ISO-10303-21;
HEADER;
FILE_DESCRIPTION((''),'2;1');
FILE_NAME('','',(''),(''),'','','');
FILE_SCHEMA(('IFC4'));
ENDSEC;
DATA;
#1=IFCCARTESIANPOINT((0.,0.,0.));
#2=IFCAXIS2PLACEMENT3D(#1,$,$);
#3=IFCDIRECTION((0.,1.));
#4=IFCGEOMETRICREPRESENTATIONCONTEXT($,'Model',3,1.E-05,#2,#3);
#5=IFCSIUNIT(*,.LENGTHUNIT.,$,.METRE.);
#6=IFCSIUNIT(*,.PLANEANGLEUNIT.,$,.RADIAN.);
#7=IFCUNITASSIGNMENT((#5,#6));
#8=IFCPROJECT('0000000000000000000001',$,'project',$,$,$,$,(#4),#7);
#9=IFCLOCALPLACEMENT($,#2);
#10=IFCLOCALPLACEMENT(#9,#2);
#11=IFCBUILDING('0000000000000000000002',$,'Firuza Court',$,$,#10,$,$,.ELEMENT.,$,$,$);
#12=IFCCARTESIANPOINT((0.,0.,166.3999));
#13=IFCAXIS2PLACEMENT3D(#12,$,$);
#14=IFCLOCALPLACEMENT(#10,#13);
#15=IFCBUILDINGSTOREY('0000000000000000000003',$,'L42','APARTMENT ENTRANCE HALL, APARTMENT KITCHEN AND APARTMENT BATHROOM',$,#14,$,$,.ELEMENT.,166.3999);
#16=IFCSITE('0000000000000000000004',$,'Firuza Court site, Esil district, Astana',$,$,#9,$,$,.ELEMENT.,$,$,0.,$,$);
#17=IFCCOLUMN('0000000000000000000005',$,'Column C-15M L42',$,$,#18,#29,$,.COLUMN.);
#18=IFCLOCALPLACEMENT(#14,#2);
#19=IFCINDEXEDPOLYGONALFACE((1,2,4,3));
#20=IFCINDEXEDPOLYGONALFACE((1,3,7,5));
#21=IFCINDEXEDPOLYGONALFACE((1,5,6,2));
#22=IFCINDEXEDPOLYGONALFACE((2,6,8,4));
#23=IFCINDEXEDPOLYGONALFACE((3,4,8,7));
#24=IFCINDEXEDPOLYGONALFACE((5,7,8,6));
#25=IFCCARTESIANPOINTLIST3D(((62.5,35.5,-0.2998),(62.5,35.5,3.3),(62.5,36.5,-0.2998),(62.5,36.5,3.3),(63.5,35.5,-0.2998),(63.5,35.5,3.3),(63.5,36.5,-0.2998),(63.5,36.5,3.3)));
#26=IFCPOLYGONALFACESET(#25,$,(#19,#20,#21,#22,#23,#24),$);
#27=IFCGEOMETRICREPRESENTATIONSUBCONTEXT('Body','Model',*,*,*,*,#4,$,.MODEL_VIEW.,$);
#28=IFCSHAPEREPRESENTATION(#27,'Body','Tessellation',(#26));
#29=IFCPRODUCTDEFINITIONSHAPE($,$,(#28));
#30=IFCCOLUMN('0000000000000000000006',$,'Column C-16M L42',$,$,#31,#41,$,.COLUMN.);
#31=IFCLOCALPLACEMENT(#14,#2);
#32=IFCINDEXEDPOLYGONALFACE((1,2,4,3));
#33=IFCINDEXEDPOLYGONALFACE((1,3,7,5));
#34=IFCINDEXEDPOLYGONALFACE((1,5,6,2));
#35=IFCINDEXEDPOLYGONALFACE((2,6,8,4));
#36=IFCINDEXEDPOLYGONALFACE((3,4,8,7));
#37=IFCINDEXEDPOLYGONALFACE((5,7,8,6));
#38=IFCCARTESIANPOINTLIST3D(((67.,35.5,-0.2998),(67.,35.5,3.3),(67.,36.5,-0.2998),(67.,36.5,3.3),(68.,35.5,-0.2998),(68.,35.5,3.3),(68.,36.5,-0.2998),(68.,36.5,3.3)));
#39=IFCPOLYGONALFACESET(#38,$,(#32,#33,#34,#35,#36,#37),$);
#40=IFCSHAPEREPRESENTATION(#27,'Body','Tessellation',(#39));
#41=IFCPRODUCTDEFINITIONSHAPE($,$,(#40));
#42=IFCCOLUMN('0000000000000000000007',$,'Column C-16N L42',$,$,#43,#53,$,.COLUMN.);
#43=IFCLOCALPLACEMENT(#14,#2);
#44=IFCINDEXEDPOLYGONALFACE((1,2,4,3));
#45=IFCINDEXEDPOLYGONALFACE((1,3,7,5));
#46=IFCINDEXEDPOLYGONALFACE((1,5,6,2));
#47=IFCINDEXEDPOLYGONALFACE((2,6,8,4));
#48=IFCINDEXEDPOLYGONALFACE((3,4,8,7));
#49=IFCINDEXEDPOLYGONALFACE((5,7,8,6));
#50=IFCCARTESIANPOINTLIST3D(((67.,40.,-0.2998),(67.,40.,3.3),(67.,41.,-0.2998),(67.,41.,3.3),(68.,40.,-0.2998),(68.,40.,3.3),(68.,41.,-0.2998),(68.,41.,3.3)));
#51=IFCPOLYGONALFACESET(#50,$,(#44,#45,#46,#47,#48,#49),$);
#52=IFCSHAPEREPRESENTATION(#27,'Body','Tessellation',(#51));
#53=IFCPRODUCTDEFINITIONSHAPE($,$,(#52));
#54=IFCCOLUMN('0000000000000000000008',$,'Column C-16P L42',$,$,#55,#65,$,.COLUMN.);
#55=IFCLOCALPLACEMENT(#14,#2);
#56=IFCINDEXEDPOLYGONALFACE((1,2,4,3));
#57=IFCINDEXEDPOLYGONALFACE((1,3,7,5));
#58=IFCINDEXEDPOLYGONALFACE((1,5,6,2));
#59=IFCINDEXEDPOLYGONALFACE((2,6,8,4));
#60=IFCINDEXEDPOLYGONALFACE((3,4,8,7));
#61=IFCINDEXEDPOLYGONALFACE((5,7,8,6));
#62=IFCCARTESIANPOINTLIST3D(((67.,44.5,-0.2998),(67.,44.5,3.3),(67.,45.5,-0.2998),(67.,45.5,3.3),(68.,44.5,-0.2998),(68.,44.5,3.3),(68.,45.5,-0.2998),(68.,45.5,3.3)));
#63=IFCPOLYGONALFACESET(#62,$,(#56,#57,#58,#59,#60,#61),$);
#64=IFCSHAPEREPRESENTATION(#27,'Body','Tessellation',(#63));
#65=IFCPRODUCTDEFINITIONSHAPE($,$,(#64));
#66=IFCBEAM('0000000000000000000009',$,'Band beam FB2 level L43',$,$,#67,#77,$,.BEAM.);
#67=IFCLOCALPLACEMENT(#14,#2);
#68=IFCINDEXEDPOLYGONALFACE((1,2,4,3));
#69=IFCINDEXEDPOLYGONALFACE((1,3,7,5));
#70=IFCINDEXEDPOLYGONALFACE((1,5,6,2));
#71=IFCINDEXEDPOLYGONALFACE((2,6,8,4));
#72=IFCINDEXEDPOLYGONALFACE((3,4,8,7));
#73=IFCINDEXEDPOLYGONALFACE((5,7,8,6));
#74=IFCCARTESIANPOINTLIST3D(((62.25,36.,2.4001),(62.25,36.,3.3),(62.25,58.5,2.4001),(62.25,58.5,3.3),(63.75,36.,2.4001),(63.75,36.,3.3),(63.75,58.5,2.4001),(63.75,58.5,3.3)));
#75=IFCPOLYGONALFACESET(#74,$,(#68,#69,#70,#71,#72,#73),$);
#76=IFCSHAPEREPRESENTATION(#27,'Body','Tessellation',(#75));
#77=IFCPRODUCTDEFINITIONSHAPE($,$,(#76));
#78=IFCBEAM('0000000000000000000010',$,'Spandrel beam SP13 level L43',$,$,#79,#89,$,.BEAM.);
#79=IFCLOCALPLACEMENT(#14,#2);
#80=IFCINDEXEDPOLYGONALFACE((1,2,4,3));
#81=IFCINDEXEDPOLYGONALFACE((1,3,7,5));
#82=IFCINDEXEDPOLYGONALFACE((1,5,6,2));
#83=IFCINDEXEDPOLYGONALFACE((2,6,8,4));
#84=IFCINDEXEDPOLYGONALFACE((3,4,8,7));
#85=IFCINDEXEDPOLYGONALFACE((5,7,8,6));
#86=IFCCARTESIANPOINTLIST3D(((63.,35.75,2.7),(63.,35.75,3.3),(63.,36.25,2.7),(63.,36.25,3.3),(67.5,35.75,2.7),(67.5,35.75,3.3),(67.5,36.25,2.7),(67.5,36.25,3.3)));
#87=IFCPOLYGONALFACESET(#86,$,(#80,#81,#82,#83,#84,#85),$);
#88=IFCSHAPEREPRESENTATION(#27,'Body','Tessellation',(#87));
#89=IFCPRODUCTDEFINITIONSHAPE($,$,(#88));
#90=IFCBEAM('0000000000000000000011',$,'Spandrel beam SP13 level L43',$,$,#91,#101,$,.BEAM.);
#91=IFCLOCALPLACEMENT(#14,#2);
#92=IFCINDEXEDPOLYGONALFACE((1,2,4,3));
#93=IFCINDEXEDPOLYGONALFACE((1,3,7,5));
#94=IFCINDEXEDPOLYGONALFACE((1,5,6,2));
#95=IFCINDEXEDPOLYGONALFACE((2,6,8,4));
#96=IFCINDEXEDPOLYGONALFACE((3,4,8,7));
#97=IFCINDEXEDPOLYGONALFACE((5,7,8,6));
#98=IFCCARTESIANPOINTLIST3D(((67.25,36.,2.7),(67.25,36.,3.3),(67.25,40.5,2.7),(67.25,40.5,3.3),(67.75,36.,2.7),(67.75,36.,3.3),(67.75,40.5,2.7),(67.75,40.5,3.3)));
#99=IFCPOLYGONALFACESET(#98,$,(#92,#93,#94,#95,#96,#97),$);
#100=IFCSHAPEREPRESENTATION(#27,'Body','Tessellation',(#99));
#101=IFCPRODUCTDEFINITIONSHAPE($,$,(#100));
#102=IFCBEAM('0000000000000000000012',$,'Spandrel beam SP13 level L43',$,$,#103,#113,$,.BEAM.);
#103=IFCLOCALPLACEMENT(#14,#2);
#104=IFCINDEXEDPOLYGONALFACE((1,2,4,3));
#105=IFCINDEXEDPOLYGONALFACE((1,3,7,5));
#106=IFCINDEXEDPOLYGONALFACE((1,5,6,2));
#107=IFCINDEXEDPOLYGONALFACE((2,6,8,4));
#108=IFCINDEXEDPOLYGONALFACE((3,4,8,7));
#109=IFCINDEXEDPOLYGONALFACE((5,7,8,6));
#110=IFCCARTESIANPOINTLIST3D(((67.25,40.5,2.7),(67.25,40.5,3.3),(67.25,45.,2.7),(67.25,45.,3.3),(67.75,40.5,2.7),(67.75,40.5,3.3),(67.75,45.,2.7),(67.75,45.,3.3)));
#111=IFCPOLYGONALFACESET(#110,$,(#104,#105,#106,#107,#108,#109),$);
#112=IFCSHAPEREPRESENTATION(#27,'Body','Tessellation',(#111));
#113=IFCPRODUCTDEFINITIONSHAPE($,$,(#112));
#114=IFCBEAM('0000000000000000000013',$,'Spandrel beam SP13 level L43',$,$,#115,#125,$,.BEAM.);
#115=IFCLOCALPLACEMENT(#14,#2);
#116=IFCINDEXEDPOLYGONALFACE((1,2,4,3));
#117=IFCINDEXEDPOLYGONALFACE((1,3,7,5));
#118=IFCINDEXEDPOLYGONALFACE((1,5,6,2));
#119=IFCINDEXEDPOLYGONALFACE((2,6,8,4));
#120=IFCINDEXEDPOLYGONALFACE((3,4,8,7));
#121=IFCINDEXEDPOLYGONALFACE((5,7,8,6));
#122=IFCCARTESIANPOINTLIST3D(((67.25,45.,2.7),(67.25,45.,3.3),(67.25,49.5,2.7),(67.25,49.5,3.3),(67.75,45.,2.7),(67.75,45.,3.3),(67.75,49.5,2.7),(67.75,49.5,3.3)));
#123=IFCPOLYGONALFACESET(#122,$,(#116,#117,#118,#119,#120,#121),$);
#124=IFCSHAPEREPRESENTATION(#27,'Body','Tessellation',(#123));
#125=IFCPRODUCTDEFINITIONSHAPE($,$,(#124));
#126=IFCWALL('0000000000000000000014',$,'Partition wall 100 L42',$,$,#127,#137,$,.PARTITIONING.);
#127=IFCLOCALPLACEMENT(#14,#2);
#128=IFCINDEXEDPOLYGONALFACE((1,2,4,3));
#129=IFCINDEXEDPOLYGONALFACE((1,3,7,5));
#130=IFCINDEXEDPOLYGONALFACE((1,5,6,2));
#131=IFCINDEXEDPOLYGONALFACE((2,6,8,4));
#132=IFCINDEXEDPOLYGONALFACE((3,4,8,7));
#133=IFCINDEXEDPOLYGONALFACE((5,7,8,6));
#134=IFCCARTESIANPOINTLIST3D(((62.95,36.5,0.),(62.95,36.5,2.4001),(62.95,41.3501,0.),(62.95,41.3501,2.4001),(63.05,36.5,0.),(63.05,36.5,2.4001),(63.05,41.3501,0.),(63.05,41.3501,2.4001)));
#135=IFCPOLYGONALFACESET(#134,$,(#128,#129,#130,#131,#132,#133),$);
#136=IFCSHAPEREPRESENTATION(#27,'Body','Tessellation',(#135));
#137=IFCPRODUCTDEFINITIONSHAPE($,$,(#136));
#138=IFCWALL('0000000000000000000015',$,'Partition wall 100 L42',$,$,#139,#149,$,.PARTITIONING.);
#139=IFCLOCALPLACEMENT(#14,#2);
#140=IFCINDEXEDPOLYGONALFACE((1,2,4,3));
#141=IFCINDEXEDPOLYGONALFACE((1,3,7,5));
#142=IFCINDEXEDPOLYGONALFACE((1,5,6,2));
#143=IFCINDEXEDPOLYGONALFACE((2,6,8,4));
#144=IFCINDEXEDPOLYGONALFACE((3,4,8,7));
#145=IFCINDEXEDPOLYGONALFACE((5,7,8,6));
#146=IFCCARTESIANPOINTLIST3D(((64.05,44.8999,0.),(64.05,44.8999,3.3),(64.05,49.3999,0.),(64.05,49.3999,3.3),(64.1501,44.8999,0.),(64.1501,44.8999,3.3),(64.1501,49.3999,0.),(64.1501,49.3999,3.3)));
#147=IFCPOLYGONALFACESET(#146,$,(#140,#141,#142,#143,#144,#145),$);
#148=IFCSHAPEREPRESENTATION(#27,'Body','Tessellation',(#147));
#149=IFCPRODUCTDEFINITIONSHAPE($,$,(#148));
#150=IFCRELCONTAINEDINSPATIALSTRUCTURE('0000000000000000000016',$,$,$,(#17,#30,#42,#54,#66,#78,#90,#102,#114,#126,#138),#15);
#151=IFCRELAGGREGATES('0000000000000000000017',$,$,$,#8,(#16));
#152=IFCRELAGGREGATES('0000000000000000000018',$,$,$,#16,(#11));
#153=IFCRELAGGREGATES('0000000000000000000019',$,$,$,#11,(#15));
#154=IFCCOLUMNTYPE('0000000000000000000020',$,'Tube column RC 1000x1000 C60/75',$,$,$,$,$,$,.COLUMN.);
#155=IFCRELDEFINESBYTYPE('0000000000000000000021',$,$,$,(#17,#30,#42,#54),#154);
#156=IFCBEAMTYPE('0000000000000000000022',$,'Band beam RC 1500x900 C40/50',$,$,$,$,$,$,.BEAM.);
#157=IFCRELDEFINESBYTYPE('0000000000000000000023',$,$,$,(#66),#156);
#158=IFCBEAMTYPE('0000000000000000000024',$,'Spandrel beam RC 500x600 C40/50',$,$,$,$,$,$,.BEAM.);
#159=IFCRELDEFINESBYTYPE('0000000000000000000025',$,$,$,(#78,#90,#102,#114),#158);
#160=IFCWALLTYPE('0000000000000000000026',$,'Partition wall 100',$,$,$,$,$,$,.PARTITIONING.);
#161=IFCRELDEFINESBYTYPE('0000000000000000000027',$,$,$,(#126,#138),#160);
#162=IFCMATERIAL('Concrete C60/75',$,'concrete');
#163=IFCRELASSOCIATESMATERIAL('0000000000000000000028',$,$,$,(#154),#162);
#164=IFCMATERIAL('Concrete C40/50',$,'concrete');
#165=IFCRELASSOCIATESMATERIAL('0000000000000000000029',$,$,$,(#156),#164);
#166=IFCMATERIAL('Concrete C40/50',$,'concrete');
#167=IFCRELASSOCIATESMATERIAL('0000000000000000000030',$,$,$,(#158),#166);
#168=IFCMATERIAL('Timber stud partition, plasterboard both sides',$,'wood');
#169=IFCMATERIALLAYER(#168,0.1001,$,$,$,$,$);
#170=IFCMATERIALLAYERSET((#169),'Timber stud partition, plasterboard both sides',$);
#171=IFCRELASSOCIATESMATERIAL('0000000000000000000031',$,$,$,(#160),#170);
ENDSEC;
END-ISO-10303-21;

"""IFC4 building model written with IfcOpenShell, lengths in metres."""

from ifc_helpers import new_model, si_unit, direction, frame, frame_2d, origin, origin_2d, place, context, subcontext, project, spatial, rectangle, extrude, material, layer, layer_set, material_profile, profile_set, type_object, element, save


model = new_model("IFC4")

# Units and contexts
model_context = context("Model", 3, precision=1e-05, world=origin(), true_north=direction((0.0, 1.0)))
body_context = subcontext(model_context, "Body", "Model", "MODEL_VIEW")
ifc_project = project(units=[si_unit("LENGTHUNIT", "METRE"), si_unit("PLANEANGLEUNIT", "RADIAN")], contexts=[model_context])

# Site, building, storey
site_placement = place(None, origin())
site = spatial("IfcSite", under=ifc_project, at=site_placement, Name="Firuza Court site, Esil district, Astana", CompositionType="ELEMENT", RefElevation=0.0)
building_placement = place(site_placement, origin())
building = spatial("IfcBuilding", under=site, at=building_placement, Name="Firuza Court", CompositionType="ELEMENT")
storey_placement = place(building_placement, frame((0.0, 0.0, 166.3999)))
storey = spatial("IfcBuildingStorey", under=building, at=storey_placement, Name="L42", Description="APARTMENT ENTRANCE HALL, APARTMENT KITCHEN AND APARTMENT BATHROOM", CompositionType="ELEMENT", Elevation=166.3999)

# Columns
ifc_material_1 = material(Name="Concrete C60/75", Category="concrete")
ifc_material_profile_1 = material_profile(ifc_material_1, rectangle(XDim=1.0, YDim=1.0, at=origin_2d()), Name="RC 1000x1000")
ifc_profile_set_1 = profile_set([ifc_material_profile_1], Name="Concrete C60/75")
column_type = type_object("IfcColumnType", Name="Tube column RC 1000x1000 C60/75", PredefinedType="COLUMN", material=ifc_profile_set_1)
for number, where, z_axis, x_axis, name in (
    (1, (63.0, 36.0, -0.2998), (0.0, 0.0, 1.0), (1.0, 0.0, 0.0), "Column C-15M L42"),
    (2, (67.5, 36.0, -0.2998), (0.0, 0.0, 1.0), (1.0, 0.0, 0.0), "Column C-16M L42"),
    (3, (67.5, 40.5, -0.2998), (0.0, 0.0, 1.0), (1.0, 0.0, 0.0), "Column C-16N L42"),
    (4, (67.5, 45.0, -0.2998), (0.0, 0.0, 1.0), (1.0, 0.0, 0.0), "Column C-16P L42"),
):
    element("IfcColumn", number, at=place(storey_placement, frame(where, z_axis=z_axis, x_axis=x_axis)), inside=storey, type_object=column_type, Name=name, PredefinedType="COLUMN", context=body_context, shape_type="SweptSolid", body=[
        extrude(rectangle(XDim=1.0, YDim=1.0, at=origin_2d()), origin(), (0.0, 0.0, 1.0), 3.5999),
    ])

# Beams
ifc_material_2 = material(Name="Concrete C40/50", Category="concrete")
ifc_material_profile_2 = material_profile(ifc_material_2, rectangle(XDim=1.5, YDim=0.8999, at=origin_2d()), Name="RC 1500x900")
ifc_profile_set_2 = profile_set([ifc_material_profile_2], Name="Concrete C40/50")
beam_type_1 = type_object("IfcBeamType", Name="Band beam RC 1500x900 C40/50", PredefinedType="BEAM", material=ifc_profile_set_2)
beam_placement = place(storey_placement, frame((63.0, 36.0, 2.8501), z_axis=(0.0, 1.0, 0.0), x_axis=(-1.0, 0.0, 0.0)))
element("IfcBeam", 5, at=beam_placement, inside=storey, type_object=beam_type_1, Name="Band beam FB2 level L43", PredefinedType="BEAM", context=body_context, shape_type="SweptSolid", body=[
    extrude(rectangle(XDim=1.5, YDim=0.8999, at=origin_2d()), origin(), (0.0, 0.0, 1.0), 22.5),
])
ifc_material_3 = material(Name="Concrete C40/50", Category="concrete")
ifc_material_profile_3 = material_profile(ifc_material_3, rectangle(XDim=0.5, YDim=0.6001, at=origin_2d()), Name="RC 500x600")
ifc_profile_set_3 = profile_set([ifc_material_profile_3], Name="Concrete C40/50")
beam_type_2 = type_object("IfcBeamType", Name="Spandrel beam RC 500x600 C40/50", PredefinedType="BEAM", material=ifc_profile_set_3)
for number, where, z_axis, x_axis, name in (
    (6, (63.0, 36.0, 3.0), (1.0, 0.0, 0.0), (0.0, 1.0, 0.0), "Spandrel beam SP13 level L43"),
    (7, (67.5, 36.0, 3.0), (0.0, 1.0, 0.0), (-1.0, 0.0, 0.0), "Spandrel beam SP13 level L43"),
    (8, (67.5, 40.5, 3.0), (0.0, 1.0, 0.0), (-1.0, 0.0, 0.0), "Spandrel beam SP13 level L43"),
    (9, (67.5, 45.0, 3.0), (0.0, 1.0, 0.0), (-1.0, 0.0, 0.0), "Spandrel beam SP13 level L43"),
):
    element("IfcBeam", number, at=place(storey_placement, frame(where, z_axis=z_axis, x_axis=x_axis)), inside=storey, type_object=beam_type_2, Name=name, PredefinedType="BEAM", context=body_context, shape_type="SweptSolid", body=[
        extrude(rectangle(XDim=0.5, YDim=0.6001, at=origin_2d()), origin(), (0.0, 0.0, 1.0), 4.5),
    ])

# Walls
ifc_material_4 = material(Name="Timber stud partition, plasterboard both sides", Category="wood")
ifc_layer_1 = layer(ifc_material_4, 0.1001)
ifc_layer_set_1 = layer_set([ifc_layer_1], Name="Timber stud partition, plasterboard both sides")
wall_type_1 = type_object("IfcWallType", Name="Partition wall 100", PredefinedType="PARTITIONING", material=ifc_layer_set_1)
wall_1_placement = place(storey_placement, frame((63.0, 36.5, 0.0), z_axis=(0.0, 0.0, 1.0), x_axis=(0.0, 1.0, 0.0)))
element("IfcWall", 10, at=wall_1_placement, inside=storey, type_object=wall_type_1, Name="Partition wall 100 L42", PredefinedType="PARTITIONING", context=body_context, shape_type="SweptSolid", body=[
    extrude(rectangle(XDim=4.8501, YDim=0.1001, at=frame_2d((2.425, 0.0))), origin(), (0.0, 0.0, 1.0), 2.4001),
])
wall_2_placement = place(storey_placement, frame((64.1001, 44.8999, 0.0), z_axis=(0.0, 0.0, 1.0), x_axis=(0.0, 1.0, 0.0)))
element("IfcWall", 11, at=wall_2_placement, inside=storey, type_object=wall_type_1, Name="Partition wall 100 L42", PredefinedType="PARTITIONING", context=body_context, shape_type="SweptSolid", body=[
    extrude(rectangle(XDim=4.5, YDim=0.1001, at=frame_2d((2.25, 0.0))), origin(), (0.0, 0.0, 1.0), 3.3),
])

save(model, "model.ifc")
